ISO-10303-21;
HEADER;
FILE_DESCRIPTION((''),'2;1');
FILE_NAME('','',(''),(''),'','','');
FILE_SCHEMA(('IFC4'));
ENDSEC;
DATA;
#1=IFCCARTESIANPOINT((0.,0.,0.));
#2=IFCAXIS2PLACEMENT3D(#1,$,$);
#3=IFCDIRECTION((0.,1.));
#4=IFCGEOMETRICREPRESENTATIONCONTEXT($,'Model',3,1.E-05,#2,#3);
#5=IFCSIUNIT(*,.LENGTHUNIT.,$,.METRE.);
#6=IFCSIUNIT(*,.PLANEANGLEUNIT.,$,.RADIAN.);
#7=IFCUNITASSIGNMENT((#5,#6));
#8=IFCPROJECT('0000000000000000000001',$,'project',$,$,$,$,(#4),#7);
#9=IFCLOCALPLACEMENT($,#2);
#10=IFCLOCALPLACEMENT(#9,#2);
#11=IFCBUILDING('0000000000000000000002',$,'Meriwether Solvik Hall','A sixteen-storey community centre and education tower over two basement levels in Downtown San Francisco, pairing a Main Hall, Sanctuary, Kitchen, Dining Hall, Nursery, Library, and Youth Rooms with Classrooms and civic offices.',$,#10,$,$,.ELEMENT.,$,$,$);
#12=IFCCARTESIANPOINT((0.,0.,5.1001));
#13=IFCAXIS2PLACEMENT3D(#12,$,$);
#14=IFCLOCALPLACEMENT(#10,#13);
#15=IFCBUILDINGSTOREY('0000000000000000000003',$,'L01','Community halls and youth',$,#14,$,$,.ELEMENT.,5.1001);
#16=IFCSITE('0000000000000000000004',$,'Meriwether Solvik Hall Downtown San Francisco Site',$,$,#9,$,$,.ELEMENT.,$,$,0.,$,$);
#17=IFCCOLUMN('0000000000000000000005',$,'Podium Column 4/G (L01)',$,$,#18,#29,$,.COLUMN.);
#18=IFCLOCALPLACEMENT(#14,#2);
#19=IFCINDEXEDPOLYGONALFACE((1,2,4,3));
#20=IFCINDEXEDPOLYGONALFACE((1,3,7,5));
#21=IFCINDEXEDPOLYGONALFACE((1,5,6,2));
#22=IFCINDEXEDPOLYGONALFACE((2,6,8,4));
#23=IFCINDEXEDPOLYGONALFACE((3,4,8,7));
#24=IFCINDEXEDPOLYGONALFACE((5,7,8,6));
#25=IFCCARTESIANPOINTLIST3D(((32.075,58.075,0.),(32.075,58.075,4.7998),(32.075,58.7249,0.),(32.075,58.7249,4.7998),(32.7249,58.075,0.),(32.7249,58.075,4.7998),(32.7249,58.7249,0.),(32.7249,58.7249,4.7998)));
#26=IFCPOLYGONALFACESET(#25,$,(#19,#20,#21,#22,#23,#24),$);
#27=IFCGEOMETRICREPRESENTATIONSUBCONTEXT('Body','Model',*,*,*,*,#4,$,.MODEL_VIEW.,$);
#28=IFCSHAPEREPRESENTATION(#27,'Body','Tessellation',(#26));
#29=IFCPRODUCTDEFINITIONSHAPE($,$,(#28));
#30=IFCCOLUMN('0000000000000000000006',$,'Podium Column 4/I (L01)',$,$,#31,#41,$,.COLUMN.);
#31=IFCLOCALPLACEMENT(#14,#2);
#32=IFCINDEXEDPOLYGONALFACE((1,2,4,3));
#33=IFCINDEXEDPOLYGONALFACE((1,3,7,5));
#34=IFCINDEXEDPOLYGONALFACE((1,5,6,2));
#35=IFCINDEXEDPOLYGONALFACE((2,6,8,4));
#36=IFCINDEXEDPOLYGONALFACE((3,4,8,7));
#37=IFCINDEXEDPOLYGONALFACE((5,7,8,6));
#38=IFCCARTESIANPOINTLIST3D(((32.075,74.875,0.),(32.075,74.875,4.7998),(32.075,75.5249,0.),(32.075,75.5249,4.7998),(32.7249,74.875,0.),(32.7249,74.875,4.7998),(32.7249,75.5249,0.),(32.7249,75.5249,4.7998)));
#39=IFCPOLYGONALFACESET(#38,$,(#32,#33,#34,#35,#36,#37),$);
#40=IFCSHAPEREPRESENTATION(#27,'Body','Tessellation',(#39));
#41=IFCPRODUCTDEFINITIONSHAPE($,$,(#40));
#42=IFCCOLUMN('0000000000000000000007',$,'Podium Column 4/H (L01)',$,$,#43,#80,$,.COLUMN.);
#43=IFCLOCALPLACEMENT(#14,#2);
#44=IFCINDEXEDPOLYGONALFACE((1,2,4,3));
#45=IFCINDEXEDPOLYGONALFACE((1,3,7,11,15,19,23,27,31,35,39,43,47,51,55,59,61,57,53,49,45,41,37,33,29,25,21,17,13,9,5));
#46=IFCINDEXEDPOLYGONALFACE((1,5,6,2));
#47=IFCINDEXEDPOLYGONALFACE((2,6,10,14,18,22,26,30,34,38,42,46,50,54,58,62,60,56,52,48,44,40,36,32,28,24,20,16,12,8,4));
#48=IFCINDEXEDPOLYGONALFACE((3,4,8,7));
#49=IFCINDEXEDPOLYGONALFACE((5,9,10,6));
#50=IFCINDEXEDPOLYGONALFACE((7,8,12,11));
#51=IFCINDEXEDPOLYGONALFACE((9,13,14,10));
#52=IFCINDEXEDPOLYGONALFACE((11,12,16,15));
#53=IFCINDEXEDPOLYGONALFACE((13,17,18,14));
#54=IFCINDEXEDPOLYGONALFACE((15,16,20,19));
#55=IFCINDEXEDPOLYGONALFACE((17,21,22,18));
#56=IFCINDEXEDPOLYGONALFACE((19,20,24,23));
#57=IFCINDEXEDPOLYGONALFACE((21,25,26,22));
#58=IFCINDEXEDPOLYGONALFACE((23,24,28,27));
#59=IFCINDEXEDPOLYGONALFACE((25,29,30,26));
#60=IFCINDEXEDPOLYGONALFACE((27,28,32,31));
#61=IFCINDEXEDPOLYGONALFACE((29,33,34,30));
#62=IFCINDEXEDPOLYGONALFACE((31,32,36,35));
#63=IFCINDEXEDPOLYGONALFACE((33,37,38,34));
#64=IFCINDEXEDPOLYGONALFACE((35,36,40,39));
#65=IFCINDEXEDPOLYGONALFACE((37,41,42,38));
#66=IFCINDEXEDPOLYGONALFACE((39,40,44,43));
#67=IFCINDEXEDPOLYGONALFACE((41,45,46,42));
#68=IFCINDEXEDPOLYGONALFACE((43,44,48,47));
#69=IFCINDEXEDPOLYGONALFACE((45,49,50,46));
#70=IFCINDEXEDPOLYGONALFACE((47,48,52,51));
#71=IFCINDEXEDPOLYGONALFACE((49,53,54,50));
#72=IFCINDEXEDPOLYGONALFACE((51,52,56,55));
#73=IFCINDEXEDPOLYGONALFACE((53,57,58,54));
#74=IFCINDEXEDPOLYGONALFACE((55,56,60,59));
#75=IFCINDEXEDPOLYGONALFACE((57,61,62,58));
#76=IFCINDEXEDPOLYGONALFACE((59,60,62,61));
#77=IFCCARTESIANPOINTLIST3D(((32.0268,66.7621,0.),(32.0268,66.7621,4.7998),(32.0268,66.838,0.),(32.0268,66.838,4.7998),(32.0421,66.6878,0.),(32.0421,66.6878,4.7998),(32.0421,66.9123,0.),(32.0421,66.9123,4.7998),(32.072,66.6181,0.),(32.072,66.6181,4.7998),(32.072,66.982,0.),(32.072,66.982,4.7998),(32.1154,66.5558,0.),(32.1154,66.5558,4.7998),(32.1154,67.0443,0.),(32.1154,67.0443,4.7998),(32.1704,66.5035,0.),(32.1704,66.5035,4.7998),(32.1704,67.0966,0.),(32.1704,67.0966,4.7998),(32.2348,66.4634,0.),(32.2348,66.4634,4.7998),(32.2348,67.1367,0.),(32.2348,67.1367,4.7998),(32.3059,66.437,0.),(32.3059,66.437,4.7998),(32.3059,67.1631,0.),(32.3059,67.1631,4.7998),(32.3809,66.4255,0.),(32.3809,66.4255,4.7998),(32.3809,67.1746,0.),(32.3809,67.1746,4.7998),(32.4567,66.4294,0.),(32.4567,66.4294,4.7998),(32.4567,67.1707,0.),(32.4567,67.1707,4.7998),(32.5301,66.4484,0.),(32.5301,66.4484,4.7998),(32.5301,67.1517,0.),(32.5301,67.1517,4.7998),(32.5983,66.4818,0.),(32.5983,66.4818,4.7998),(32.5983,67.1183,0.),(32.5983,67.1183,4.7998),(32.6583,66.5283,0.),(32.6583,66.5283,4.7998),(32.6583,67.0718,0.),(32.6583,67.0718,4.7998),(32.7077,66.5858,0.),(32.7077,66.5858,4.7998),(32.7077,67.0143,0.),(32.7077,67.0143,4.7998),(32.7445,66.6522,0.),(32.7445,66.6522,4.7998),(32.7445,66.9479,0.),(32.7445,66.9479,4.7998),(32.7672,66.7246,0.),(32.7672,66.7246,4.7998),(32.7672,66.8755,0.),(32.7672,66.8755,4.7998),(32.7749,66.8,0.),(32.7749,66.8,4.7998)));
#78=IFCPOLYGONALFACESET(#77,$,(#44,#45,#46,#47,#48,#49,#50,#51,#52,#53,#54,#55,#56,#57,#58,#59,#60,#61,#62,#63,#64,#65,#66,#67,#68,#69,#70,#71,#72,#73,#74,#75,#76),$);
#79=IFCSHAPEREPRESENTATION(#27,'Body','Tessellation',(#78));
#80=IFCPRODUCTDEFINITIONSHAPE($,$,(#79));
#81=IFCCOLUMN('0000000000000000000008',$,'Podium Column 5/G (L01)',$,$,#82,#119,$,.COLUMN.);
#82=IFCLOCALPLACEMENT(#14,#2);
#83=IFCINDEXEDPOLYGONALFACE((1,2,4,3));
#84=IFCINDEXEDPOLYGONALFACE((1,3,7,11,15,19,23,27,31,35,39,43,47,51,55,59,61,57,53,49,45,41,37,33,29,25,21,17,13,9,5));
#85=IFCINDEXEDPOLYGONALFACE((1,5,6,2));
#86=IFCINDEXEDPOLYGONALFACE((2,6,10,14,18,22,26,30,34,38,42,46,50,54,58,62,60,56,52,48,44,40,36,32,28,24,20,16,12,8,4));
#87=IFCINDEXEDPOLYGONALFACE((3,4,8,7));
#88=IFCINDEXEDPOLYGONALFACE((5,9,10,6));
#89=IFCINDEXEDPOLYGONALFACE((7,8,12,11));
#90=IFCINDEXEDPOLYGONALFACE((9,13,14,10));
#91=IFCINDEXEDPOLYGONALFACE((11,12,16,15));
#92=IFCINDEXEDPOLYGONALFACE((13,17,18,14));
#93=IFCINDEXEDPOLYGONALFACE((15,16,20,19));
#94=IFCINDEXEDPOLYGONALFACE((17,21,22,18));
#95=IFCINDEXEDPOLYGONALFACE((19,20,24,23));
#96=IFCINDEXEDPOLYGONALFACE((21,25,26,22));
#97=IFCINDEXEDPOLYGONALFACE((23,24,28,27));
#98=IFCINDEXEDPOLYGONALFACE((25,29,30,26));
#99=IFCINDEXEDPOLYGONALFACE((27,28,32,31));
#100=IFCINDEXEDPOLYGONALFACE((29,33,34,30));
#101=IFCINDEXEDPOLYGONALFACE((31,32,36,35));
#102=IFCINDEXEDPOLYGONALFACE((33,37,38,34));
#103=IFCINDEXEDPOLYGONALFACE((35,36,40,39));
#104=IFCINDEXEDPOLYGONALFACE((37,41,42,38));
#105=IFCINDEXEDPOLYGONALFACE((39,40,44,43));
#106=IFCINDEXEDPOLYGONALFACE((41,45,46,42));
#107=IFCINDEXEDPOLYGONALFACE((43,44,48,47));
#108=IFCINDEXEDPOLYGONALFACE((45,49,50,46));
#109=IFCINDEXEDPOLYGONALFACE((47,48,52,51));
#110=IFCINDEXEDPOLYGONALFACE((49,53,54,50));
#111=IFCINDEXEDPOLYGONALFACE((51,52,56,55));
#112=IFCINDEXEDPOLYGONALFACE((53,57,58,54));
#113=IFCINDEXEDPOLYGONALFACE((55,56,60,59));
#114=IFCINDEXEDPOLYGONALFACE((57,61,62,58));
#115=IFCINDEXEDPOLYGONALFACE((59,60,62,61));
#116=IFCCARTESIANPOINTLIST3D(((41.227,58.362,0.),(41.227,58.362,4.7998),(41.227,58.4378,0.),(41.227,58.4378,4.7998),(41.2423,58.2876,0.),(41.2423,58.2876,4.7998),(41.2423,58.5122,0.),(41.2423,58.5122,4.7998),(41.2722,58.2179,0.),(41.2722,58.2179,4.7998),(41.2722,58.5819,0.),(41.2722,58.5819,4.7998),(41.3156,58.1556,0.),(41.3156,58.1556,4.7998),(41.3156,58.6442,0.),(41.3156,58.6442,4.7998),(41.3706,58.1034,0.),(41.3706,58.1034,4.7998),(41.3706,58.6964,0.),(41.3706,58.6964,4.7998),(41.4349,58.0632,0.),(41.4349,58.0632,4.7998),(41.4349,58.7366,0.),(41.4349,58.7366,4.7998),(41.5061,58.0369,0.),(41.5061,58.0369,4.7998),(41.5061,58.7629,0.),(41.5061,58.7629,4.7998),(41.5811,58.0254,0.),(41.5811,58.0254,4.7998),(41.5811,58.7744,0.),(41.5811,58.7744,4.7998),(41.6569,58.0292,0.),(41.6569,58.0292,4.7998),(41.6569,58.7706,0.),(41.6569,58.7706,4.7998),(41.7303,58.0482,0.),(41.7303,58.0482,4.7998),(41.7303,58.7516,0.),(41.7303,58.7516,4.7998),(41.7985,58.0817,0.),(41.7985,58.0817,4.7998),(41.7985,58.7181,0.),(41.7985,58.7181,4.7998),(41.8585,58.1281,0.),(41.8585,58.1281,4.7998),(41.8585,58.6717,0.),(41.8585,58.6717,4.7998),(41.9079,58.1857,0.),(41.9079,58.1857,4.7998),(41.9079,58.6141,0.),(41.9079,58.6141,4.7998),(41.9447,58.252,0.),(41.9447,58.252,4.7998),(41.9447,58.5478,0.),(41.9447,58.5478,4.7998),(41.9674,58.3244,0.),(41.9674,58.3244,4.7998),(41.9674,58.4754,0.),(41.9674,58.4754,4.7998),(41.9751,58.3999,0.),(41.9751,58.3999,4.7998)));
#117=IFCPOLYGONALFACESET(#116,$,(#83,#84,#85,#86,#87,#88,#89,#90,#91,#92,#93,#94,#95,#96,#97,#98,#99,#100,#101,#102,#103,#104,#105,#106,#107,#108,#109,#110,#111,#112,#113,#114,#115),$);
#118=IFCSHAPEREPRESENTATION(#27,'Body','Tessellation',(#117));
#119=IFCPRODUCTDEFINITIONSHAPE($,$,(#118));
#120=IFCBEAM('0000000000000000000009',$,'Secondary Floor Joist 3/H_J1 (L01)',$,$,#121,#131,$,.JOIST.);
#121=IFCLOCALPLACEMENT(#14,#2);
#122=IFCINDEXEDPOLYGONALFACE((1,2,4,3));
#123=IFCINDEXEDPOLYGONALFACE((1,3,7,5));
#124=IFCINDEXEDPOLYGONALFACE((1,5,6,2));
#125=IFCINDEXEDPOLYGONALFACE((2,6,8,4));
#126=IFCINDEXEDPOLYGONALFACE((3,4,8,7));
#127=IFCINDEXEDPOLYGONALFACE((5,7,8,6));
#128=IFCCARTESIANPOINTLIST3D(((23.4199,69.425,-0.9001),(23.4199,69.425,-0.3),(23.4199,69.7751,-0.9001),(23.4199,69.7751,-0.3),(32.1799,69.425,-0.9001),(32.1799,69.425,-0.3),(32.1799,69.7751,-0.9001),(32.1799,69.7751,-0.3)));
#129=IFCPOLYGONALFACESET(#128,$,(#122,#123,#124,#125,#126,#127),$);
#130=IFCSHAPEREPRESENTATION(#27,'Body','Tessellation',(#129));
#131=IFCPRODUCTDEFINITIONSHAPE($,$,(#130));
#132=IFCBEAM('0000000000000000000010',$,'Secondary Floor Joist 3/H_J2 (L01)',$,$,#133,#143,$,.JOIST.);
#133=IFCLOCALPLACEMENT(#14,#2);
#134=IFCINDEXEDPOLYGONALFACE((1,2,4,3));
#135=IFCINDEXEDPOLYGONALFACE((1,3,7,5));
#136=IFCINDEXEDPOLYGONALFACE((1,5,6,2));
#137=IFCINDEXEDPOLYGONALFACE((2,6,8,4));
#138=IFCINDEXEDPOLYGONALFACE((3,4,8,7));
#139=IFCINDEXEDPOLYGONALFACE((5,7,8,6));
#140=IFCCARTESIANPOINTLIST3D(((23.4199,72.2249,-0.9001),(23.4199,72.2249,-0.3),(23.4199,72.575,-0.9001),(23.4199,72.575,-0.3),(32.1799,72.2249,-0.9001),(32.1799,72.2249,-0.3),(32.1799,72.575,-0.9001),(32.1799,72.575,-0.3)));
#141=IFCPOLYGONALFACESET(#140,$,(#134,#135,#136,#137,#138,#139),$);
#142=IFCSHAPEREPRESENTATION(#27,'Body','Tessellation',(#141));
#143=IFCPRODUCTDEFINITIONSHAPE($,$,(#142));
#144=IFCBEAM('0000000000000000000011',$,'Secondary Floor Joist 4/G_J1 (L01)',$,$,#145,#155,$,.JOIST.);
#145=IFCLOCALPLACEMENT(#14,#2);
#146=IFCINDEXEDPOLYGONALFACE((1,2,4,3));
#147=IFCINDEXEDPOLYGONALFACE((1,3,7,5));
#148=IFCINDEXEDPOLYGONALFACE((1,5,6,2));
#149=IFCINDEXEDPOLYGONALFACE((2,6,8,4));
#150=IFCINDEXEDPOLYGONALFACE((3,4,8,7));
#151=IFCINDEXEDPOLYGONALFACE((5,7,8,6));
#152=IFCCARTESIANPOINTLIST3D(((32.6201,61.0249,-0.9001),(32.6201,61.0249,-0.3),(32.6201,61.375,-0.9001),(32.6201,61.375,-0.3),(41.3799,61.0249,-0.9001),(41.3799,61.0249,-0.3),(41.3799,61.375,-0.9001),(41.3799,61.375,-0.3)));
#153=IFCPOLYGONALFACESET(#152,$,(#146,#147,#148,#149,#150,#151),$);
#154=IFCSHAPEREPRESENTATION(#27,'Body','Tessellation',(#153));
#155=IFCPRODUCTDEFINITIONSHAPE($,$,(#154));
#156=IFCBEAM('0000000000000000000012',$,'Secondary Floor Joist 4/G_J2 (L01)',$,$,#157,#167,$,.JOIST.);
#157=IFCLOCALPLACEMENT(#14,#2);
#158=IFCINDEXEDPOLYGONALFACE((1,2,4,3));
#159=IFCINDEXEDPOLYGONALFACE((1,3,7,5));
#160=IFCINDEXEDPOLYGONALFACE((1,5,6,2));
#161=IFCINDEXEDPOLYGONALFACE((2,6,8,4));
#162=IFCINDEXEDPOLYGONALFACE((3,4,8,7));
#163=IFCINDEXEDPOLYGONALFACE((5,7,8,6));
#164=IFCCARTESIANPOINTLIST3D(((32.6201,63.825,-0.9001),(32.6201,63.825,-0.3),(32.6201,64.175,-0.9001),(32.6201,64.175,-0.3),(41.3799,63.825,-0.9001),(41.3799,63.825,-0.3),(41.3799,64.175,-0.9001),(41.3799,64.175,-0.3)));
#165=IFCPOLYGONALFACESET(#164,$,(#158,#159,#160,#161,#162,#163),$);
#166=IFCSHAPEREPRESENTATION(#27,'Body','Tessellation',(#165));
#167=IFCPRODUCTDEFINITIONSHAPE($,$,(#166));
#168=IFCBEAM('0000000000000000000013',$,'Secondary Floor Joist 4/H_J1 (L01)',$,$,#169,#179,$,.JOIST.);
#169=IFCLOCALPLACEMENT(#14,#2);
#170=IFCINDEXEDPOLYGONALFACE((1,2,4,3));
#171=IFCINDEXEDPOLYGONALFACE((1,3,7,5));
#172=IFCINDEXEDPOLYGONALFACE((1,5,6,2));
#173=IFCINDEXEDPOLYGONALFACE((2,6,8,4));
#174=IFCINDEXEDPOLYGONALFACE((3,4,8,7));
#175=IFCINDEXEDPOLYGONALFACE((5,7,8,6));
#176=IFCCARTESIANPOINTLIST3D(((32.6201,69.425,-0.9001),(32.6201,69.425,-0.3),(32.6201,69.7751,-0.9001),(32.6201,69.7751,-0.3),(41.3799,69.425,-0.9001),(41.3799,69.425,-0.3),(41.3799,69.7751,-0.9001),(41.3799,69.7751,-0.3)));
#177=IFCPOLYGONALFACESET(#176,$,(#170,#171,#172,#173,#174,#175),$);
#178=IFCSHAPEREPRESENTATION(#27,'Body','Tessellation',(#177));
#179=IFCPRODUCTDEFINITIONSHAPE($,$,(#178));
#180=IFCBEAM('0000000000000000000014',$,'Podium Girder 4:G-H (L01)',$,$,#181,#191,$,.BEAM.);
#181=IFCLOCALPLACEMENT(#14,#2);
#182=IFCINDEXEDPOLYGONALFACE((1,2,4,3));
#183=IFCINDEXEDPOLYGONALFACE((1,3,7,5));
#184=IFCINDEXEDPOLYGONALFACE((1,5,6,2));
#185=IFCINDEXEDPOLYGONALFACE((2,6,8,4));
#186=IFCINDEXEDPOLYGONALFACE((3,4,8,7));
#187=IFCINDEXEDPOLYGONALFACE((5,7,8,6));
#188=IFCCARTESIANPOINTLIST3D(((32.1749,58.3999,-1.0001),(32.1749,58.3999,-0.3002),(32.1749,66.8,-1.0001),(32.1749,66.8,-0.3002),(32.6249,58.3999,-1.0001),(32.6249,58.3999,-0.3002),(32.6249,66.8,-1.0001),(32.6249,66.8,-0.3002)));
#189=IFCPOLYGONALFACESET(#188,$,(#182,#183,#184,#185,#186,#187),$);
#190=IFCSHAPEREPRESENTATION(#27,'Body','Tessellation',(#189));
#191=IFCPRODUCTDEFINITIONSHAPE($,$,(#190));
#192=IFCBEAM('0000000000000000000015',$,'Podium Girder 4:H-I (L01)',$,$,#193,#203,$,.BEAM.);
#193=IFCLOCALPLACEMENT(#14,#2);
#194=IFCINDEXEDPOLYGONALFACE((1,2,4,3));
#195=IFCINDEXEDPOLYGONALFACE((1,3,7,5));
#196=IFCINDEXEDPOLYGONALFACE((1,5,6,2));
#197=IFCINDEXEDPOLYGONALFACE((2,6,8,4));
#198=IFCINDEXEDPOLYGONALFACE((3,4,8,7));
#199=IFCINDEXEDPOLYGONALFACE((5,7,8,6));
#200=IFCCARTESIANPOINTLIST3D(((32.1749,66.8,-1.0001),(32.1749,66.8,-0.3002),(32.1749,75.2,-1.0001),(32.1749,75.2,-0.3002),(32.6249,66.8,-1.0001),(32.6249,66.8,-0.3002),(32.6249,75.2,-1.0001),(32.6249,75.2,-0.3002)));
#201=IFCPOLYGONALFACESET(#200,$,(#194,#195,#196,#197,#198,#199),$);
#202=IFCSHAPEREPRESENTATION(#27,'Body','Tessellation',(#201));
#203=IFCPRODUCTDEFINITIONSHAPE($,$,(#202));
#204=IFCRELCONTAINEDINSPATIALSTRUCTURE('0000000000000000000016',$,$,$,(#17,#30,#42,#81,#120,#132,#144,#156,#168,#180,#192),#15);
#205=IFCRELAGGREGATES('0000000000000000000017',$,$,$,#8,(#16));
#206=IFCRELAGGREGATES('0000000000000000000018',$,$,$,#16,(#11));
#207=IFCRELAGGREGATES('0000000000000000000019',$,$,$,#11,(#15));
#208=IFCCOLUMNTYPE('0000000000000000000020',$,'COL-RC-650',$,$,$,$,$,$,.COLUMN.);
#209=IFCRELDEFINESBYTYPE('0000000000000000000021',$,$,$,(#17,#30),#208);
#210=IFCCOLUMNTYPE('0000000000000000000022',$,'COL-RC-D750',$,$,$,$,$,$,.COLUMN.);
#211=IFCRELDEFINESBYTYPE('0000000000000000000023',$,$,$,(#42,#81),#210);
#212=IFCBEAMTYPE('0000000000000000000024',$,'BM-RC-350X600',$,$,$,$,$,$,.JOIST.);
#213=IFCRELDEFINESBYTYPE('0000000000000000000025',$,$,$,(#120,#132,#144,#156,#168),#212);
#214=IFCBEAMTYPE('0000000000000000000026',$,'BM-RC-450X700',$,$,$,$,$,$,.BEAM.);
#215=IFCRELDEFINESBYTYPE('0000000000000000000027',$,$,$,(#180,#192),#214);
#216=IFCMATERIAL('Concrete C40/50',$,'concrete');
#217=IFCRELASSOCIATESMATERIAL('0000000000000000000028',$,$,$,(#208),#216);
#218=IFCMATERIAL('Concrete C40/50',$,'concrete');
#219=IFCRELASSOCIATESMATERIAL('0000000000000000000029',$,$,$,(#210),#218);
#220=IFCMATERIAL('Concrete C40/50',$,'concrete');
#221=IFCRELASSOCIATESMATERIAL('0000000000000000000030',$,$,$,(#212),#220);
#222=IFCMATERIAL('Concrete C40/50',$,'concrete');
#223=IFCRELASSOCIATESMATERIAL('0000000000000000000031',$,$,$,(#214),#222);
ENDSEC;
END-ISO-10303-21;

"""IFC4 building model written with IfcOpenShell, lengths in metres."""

from ifc_helpers import new_model, si_unit, direction, frame, origin, origin_2d, place, context, subcontext, project, spatial, rectangle, circle, extrude, material, material_profile, profile_set, type_object, element, save


model = new_model("IFC4")

# Units and contexts
model_context = context("Model", 3, precision=1e-05, world=origin(), true_north=direction((0.0, 1.0)))
body_context = subcontext(model_context, "Body", "Model", "MODEL_VIEW")
ifc_project = project(units=[si_unit("LENGTHUNIT", "METRE"), si_unit("PLANEANGLEUNIT", "RADIAN")], contexts=[model_context])

# Site, building, storey
site_placement = place(None, origin())
site = spatial("IfcSite", under=ifc_project, at=site_placement, Name="Meriwether Solvik Hall Downtown San Francisco Site", CompositionType="ELEMENT", RefElevation=0.0)
building_placement = place(site_placement, origin())
building = spatial("IfcBuilding", under=site, at=building_placement, Name="Meriwether Solvik Hall", Description="A sixteen-storey community centre and education tower over two basement levels in Downtown San Francisco, pairing a Main Hall, Sanctuary, Kitchen, Dining Hall, Nursery, Library, and Youth Rooms with Classrooms and civic offices.", CompositionType="ELEMENT")
storey_placement = place(building_placement, frame((0.0, 0.0, 5.1001)))
storey = spatial("IfcBuildingStorey", under=building, at=storey_placement, Name="L01", Description="Community halls and youth", CompositionType="ELEMENT", Elevation=5.1001)

# Columns
ifc_material_1 = material(Name="Concrete C40/50", Category="concrete")
ifc_material_profile_1 = material_profile(ifc_material_1, rectangle(XDim=0.6499, YDim=0.6499, at=origin_2d()), Name="RCC-650X650")
ifc_profile_set_1 = profile_set([ifc_material_profile_1], Name="Concrete C40/50")
column_type_1 = type_object("IfcColumnType", Name="COL-RC-650", PredefinedType="COLUMN", material=ifc_profile_set_1)
for number, where, z_axis, x_axis, name in (
    (1, (32.3999, 58.3999, 0.0), (0.0, 0.0, 1.0), (1.0, 0.0, 0.0), "Podium Column 4/G (L01)"),
    (2, (32.3999, 75.2, 0.0), (0.0, 0.0, 1.0), (1.0, 0.0, 0.0), "Podium Column 4/I (L01)"),
):
    element("IfcColumn", number, at=place(storey_placement, frame(where, z_axis=z_axis, x_axis=x_axis)), inside=storey, type_object=column_type_1, Name=name, PredefinedType="COLUMN", context=body_context, shape_type="SweptSolid", body=[
        extrude(rectangle(XDim=0.6499, YDim=0.6499, at=origin_2d()), origin(), (0.0, 0.0, 1.0), 4.7998),
    ])
ifc_material_2 = material(Name="Concrete C40/50", Category="concrete")
ifc_material_profile_2 = material_profile(ifc_material_2, circle(Radius=0.375, at=origin_2d()), Name="RCC-D750")
ifc_profile_set_2 = profile_set([ifc_material_profile_2], Name="Concrete C40/50")
column_type_2 = type_object("IfcColumnType", Name="COL-RC-D750", PredefinedType="COLUMN", material=ifc_profile_set_2)
for number, where, z_axis, x_axis, name in (
    (3, (32.3999, 66.8, 0.0), (0.0, 0.0, 1.0), (1.0, 0.0, 0.0), "Podium Column 4/H (L01)"),
    (4, (41.6001, 58.3999, 0.0), (0.0, 0.0, 1.0), (1.0, 0.0, 0.0), "Podium Column 5/G (L01)"),
):
    element("IfcColumn", number, at=place(storey_placement, frame(where, z_axis=z_axis, x_axis=x_axis)), inside=storey, type_object=column_type_2, Name=name, PredefinedType="COLUMN", context=body_context, shape_type="SweptSolid", body=[
        extrude(circle(Radius=0.375, at=origin_2d()), origin(), (0.0, 0.0, 1.0), 4.7998),
    ])

# Beams
ifc_material_3 = material(Name="Concrete C40/50", Category="concrete")
ifc_material_profile_3 = material_profile(ifc_material_3, rectangle(XDim=0.3501, YDim=0.6001, at=origin_2d()), Name="RCB-350X600")
ifc_profile_set_3 = profile_set([ifc_material_profile_3], Name="Concrete C40/50")
beam_type_1 = type_object("IfcBeamType", Name="BM-RC-350X600", PredefinedType="JOIST", material=ifc_profile_set_3)
for number, where, z_axis, x_axis, name in (
    (5, (23.4199, 69.6001, -0.6001), (1.0, 0.0, 0.0), (0.0, 1.0, 0.0), "Secondary Floor Joist 3/H_J1 (L01)"),
    (6, (23.4199, 72.3999, -0.6001), (1.0, 0.0, 0.0), (0.0, 1.0, 0.0), "Secondary Floor Joist 3/H_J2 (L01)"),
):
    element("IfcBeam", number, at=place(storey_placement, frame(where, z_axis=z_axis, x_axis=x_axis)), inside=storey, type_object=beam_type_1, Name=name, PredefinedType="JOIST", context=body_context, shape_type="SweptSolid", body=[
        extrude(rectangle(XDim=0.3501, YDim=0.6001, at=origin_2d()), origin(), (0.0, 0.0, 1.0), 8.76),
    ])
for number, where, z_axis, x_axis, name in (
    (7, (32.6201, 61.2, -0.6001), (1.0, 0.0, 0.0), (0.0, 1.0, 0.0), "Secondary Floor Joist 4/G_J1 (L01)"),
    (8, (32.6201, 64.0, -0.6001), (1.0, 0.0, 0.0), (0.0, 1.0, 0.0), "Secondary Floor Joist 4/G_J2 (L01)"),
    (9, (32.6201, 69.6001, -0.6001), (1.0, 0.0, 0.0), (0.0, 1.0, 0.0), "Secondary Floor Joist 4/H_J1 (L01)"),
):
    element("IfcBeam", number, at=place(storey_placement, frame(where, z_axis=z_axis, x_axis=x_axis)), inside=storey, type_object=beam_type_1, Name=name, PredefinedType="JOIST", context=body_context, shape_type="SweptSolid", body=[
        extrude(rectangle(XDim=0.3501, YDim=0.6001, at=origin_2d()), origin(), (0.0, 0.0, 1.0), 8.7598),
    ])
ifc_material_4 = material(Name="Concrete C40/50", Category="concrete")
ifc_material_profile_4 = material_profile(ifc_material_4, rectangle(XDim=0.45, YDim=0.7, at=origin_2d()), Name="RCB-450X700")
ifc_profile_set_4 = profile_set([ifc_material_profile_4], Name="Concrete C40/50")
beam_type_2 = type_object("IfcBeamType", Name="BM-RC-450X700", PredefinedType="BEAM", material=ifc_profile_set_4)
beam_1_placement = place(storey_placement, frame((32.3999, 58.3999, -0.6501), z_axis=(0.0, 1.0, 0.0), x_axis=(-1.0, 0.0, 0.0)))
element("IfcBeam", 10, at=beam_1_placement, inside=storey, type_object=beam_type_2, Name="Podium Girder 4:G-H (L01)", PredefinedType="BEAM", context=body_context, shape_type="SweptSolid", body=[
    extrude(rectangle(XDim=0.45, YDim=0.7, at=origin_2d()), origin(), (0.0, 0.0, 1.0), 8.4001),
])
beam_2_placement = place(storey_placement, frame((32.3999, 66.8, -0.6501), z_axis=(0.0, 1.0, 0.0), x_axis=(-1.0, 0.0, 0.0)))
element("IfcBeam", 11, at=beam_2_placement, inside=storey, type_object=beam_type_2, Name="Podium Girder 4:H-I (L01)", PredefinedType="BEAM", context=body_context, shape_type="SweptSolid", body=[
    extrude(rectangle(XDim=0.45, YDim=0.7, at=origin_2d()), origin(), (0.0, 0.0, 1.0), 8.3999),
])

save(model, "model.ifc")
